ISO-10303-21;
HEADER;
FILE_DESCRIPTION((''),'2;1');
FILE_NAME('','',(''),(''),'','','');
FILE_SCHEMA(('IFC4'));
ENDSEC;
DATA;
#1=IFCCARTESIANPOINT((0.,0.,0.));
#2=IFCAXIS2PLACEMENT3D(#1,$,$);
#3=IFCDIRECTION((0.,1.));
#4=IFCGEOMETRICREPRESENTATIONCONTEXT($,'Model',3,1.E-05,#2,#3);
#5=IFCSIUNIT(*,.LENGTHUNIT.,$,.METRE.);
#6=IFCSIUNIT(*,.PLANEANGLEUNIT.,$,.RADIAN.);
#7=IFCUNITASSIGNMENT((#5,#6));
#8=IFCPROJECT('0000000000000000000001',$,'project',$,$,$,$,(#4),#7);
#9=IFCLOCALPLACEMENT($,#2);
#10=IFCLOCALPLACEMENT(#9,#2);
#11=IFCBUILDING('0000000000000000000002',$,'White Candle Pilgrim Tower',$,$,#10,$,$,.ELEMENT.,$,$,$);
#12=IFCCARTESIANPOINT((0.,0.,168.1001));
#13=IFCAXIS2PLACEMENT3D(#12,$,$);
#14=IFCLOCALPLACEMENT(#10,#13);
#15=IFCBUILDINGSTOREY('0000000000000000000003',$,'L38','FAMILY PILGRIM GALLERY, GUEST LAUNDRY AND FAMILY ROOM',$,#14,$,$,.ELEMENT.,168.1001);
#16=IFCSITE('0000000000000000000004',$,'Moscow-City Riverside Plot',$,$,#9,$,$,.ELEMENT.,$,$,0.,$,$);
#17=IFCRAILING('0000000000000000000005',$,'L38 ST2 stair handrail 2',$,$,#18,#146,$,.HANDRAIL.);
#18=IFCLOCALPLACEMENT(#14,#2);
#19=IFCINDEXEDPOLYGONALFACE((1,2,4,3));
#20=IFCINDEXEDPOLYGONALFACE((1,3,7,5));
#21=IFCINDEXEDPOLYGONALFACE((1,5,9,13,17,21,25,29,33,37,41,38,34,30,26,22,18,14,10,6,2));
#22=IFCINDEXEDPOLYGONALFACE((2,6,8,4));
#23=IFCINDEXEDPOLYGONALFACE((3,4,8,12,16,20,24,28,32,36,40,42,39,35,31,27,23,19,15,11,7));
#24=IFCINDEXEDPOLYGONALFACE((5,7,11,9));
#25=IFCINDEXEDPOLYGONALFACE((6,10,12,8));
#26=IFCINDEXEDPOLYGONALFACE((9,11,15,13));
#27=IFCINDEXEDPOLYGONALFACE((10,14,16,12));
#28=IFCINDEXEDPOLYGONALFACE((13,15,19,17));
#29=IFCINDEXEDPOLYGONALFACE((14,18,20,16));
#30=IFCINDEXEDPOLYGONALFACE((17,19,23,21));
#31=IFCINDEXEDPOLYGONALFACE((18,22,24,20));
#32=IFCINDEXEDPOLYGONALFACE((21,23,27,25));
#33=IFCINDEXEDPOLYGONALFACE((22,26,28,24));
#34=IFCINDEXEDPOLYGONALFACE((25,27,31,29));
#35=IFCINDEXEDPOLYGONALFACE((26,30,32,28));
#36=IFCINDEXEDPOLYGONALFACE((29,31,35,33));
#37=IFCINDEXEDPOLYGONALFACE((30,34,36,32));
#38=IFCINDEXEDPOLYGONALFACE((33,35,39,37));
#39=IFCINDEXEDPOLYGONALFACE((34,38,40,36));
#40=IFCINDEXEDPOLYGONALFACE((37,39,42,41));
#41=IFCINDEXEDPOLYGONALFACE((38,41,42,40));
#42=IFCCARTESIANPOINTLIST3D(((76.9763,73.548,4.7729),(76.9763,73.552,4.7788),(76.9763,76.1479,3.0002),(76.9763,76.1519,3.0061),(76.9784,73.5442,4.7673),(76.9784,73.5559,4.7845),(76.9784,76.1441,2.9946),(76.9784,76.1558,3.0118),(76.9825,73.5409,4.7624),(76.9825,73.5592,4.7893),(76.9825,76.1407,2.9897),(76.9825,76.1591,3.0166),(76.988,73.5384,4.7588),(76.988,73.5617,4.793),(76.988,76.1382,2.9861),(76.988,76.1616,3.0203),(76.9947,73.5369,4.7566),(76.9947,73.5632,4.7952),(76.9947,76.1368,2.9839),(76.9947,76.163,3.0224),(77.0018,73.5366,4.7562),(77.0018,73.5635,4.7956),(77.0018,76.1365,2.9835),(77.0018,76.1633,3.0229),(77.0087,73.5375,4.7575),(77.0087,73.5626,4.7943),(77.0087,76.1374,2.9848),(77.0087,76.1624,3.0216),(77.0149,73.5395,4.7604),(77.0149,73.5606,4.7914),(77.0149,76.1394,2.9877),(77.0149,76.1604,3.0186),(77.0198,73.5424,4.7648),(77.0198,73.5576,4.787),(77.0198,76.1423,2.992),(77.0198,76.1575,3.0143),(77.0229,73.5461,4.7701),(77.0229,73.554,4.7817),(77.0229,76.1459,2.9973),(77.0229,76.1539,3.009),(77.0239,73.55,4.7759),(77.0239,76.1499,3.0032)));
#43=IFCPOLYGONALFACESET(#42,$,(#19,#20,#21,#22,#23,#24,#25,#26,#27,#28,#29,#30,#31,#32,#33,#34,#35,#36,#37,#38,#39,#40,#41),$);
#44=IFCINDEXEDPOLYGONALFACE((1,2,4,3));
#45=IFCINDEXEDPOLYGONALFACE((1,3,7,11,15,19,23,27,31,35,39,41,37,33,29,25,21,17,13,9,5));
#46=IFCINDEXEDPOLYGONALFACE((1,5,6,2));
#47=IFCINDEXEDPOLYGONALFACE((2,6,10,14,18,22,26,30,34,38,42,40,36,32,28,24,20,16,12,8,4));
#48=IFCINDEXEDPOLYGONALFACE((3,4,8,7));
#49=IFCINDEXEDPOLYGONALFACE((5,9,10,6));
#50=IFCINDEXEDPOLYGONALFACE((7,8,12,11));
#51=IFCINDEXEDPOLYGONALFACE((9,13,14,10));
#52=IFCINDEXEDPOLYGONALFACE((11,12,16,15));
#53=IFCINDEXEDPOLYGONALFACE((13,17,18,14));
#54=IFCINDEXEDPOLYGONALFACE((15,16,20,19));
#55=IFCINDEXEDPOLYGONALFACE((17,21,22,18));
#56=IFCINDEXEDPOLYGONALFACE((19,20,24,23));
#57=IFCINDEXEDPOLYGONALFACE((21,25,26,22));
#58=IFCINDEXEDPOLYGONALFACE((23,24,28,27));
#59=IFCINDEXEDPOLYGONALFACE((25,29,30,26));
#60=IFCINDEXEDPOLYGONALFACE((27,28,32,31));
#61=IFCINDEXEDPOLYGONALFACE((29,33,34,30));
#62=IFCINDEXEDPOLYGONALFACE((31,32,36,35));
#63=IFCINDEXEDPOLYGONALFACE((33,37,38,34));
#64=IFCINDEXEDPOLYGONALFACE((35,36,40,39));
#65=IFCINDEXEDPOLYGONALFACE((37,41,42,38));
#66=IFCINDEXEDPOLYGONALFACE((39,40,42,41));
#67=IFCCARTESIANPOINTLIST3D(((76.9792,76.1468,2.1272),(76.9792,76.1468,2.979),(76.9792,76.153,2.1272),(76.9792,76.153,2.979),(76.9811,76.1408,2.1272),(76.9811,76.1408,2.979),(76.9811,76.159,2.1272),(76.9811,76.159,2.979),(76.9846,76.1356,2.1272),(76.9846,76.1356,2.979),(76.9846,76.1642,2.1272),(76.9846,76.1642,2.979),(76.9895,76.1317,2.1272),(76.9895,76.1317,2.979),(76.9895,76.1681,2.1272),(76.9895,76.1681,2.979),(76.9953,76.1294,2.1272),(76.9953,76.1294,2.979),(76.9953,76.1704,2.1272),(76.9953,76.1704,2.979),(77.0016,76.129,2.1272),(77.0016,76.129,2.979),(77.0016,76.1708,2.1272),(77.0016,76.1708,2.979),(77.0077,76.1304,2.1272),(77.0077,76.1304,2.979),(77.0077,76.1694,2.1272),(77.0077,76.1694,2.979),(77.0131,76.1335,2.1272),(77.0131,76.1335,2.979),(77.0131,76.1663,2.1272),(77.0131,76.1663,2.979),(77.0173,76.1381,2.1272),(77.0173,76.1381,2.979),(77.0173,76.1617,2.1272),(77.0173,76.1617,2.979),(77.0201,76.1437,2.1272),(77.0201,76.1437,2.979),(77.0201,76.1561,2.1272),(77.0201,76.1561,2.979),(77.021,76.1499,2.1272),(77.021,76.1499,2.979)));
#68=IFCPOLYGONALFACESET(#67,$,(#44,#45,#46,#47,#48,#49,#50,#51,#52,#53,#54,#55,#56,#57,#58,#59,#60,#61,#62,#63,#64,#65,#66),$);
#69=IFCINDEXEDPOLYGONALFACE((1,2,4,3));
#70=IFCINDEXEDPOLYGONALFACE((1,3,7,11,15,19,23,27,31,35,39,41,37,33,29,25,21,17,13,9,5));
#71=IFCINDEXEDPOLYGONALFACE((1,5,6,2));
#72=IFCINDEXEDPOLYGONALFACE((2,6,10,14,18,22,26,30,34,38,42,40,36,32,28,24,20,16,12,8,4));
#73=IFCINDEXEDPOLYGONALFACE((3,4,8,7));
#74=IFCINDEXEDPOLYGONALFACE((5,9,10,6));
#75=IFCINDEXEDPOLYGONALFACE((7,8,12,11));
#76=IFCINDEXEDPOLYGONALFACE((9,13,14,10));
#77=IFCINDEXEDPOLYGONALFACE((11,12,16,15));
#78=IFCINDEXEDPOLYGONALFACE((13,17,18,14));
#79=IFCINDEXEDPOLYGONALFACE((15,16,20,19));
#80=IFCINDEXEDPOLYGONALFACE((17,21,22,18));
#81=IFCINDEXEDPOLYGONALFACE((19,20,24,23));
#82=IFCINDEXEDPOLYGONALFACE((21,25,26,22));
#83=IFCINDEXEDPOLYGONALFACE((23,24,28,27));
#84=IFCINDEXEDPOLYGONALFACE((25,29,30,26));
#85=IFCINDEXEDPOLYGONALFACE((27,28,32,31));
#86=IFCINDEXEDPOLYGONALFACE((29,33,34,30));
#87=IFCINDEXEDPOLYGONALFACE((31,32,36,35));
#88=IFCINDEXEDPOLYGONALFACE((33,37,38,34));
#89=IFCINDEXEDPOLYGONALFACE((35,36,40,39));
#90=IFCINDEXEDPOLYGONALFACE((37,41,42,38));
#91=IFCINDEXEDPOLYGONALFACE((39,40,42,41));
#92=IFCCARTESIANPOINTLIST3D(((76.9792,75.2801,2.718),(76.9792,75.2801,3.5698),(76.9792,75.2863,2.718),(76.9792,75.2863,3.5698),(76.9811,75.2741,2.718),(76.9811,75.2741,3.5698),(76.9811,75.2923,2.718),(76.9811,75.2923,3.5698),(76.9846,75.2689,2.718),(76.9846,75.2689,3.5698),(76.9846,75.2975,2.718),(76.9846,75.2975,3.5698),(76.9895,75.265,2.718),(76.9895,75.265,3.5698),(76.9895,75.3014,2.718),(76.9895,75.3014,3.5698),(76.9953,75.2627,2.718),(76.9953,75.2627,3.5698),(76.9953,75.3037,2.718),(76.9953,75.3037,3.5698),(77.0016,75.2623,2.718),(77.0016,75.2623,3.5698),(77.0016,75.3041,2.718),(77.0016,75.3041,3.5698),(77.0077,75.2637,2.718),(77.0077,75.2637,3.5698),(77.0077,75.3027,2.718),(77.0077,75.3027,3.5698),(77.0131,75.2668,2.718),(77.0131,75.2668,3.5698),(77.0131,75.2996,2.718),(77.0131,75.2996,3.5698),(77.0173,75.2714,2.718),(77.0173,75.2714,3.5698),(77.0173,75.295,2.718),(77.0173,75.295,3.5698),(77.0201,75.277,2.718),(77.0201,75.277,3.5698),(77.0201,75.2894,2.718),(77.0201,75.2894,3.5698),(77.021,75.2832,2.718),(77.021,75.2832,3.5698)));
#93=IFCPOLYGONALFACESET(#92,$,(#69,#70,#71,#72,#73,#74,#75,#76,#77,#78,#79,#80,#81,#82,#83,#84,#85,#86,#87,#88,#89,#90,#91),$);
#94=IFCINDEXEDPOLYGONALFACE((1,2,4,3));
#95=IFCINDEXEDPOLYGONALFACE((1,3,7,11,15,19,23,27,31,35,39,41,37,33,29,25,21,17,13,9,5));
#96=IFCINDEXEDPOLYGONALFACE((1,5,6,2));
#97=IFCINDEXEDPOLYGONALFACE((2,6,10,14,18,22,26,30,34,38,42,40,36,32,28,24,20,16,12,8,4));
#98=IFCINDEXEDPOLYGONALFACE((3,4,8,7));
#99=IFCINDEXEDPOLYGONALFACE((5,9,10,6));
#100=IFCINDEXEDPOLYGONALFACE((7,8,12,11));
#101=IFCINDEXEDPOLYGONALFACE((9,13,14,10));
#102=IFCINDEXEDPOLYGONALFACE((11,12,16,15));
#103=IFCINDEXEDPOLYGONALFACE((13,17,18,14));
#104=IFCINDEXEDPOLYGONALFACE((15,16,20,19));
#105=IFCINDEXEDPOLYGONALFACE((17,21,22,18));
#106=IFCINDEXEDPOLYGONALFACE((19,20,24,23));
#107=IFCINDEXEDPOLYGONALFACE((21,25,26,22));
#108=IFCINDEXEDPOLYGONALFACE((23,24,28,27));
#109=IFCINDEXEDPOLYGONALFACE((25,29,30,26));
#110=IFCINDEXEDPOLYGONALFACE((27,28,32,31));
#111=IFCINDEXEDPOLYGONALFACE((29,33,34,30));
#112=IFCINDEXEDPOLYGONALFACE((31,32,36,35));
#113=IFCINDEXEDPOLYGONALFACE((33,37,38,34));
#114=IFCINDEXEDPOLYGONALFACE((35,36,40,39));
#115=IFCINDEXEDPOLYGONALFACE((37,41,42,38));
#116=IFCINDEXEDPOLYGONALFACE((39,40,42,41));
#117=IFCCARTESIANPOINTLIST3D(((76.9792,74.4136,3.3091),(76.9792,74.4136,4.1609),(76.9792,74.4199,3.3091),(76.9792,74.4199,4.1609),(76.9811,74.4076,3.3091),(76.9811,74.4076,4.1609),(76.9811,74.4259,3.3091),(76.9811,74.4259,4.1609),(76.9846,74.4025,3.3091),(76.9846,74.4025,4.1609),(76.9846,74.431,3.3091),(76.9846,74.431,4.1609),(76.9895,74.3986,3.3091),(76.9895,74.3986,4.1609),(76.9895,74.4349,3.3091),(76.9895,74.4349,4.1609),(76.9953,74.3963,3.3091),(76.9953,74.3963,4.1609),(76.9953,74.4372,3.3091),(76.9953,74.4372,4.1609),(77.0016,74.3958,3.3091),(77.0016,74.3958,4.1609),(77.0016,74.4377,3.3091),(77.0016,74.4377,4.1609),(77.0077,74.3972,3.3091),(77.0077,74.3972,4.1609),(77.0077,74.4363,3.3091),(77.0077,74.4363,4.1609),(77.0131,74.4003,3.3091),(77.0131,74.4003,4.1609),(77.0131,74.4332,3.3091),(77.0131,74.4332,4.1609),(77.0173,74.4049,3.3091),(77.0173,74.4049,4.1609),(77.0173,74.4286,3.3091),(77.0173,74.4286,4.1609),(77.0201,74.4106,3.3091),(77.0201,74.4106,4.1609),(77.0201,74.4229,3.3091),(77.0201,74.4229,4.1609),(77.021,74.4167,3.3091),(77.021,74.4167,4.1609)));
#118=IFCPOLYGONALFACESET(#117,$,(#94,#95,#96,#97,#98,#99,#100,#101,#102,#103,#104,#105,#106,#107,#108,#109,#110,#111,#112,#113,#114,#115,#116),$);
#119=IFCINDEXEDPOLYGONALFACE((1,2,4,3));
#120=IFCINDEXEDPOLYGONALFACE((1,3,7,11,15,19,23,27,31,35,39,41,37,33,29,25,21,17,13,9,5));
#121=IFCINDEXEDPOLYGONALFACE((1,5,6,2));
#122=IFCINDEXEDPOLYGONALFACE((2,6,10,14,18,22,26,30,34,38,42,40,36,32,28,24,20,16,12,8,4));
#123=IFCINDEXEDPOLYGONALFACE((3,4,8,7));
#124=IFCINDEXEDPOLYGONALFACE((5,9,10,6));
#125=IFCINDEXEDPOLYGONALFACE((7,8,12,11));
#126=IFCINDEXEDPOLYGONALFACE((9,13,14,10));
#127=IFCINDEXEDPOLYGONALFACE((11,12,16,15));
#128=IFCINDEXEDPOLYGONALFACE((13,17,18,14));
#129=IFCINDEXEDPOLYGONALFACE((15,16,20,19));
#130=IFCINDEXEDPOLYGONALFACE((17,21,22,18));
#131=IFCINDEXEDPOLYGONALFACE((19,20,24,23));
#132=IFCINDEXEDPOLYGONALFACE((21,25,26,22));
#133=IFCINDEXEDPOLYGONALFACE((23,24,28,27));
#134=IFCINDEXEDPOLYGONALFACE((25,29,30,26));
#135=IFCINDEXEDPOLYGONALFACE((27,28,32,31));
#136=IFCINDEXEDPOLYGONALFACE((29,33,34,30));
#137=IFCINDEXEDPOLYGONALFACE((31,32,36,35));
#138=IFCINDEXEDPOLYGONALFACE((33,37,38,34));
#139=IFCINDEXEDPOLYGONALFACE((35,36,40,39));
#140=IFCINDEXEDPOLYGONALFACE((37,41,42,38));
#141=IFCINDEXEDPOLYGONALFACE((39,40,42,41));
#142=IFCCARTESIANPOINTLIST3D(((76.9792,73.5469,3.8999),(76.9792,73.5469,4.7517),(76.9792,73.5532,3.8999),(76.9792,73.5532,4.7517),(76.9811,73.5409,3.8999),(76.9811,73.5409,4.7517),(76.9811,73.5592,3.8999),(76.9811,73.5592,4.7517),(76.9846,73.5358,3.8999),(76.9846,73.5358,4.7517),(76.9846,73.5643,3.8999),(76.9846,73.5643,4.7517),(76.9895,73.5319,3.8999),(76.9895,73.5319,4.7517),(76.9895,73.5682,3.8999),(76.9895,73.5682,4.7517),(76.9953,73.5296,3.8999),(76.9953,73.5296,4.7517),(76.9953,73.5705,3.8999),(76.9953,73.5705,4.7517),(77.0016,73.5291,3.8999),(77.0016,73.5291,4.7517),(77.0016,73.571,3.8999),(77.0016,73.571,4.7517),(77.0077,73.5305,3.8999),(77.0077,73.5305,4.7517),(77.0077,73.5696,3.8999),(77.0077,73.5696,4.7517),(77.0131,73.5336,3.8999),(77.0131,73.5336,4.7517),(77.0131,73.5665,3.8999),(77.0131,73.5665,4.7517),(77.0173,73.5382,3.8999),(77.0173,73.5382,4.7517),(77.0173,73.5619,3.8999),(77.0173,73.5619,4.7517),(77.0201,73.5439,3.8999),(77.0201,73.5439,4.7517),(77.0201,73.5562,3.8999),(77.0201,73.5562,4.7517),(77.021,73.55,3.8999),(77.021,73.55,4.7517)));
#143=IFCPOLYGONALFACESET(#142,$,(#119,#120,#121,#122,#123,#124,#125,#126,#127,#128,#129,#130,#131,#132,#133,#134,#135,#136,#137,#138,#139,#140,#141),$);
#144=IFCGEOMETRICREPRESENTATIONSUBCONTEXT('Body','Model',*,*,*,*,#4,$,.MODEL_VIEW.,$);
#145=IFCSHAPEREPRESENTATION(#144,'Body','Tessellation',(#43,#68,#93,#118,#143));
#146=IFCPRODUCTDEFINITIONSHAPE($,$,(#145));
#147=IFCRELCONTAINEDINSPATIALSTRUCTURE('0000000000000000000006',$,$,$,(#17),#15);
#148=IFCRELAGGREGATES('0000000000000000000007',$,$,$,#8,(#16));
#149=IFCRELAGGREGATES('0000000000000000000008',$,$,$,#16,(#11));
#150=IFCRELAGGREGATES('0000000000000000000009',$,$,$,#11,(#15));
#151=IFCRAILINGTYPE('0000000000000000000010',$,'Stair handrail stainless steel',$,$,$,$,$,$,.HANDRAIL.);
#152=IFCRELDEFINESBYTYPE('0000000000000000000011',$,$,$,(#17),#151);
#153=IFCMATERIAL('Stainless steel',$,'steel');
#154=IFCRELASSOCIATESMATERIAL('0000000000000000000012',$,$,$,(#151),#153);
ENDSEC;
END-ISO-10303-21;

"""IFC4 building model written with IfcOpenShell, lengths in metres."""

from ifc_helpers import new_model, si_unit, direction, frame, origin, origin_2d, place, context, subcontext, project, spatial, circle, extrude, material, type_object, element, save


model = new_model("IFC4")

# Units and contexts
model_context = context("Model", 3, precision=1e-05, world=origin(), true_north=direction((0.0, 1.0)))
body_context = subcontext(model_context, "Body", "Model", "MODEL_VIEW")
ifc_project = project(units=[si_unit("LENGTHUNIT", "METRE"), si_unit("PLANEANGLEUNIT", "RADIAN")], contexts=[model_context])

# Site, building, storey
site_placement = place(None, origin())
site = spatial("IfcSite", under=ifc_project, at=site_placement, Name="Moscow-City Riverside Plot", CompositionType="ELEMENT", RefElevation=0.0)
building_placement = place(site_placement, origin())
building = spatial("IfcBuilding", under=site, at=building_placement, Name="White Candle Pilgrim Tower", CompositionType="ELEMENT")
storey_placement = place(building_placement, frame((0.0, 0.0, 168.1001)))
storey = spatial("IfcBuildingStorey", under=building, at=storey_placement, Name="L38", Description="FAMILY PILGRIM GALLERY, GUEST LAUNDRY AND FAMILY ROOM", CompositionType="ELEMENT", Elevation=168.1001)

# Shared definitions
ifc_material_1 = material(Name="Stainless steel", Category="steel")

# Railing
railing_type_1 = type_object("IfcRailingType", Name="Stair handrail stainless steel", PredefinedType="HANDRAIL", material=ifc_material_1)
railing_1_placement = place(storey_placement, frame((77.0, 76.1499, 2.1272)))
element("IfcRailing", 1, at=railing_1_placement, inside=storey, type_object=railing_type_1, Name="L38 ST2 stair handrail 2", PredefinedType="HANDRAIL", context=body_context, shape_type="SweptSolid", body=[
    extrude(circle(Radius=0.0239, at=origin_2d()), frame((0.0, 0.0, 0.876), z_axis=(0.0, -0.826216, 0.563354), x_axis=(1.0, 0.0, 0.0)), (0.0, 0.0, 1.0), 3.1467),
    extrude(circle(Radius=0.021, at=origin_2d()), origin(), (0.0, 0.0, 1.0), 0.8518),
    extrude(circle(Radius=0.021, at=origin_2d()), frame((0.0, -0.8667, 0.5908)), (0.0, 0.0, 1.0), 0.8518),
    extrude(circle(Radius=0.021, at=origin_2d()), frame((0.0, -1.7332, 1.1819)), (0.0, 0.0, 1.0), 0.8518),
    extrude(circle(Radius=0.021, at=origin_2d()), frame((0.0, -2.5999, 1.7727)), (0.0, 0.0, 1.0), 0.8518),
])

save(model, "model.ifc")
